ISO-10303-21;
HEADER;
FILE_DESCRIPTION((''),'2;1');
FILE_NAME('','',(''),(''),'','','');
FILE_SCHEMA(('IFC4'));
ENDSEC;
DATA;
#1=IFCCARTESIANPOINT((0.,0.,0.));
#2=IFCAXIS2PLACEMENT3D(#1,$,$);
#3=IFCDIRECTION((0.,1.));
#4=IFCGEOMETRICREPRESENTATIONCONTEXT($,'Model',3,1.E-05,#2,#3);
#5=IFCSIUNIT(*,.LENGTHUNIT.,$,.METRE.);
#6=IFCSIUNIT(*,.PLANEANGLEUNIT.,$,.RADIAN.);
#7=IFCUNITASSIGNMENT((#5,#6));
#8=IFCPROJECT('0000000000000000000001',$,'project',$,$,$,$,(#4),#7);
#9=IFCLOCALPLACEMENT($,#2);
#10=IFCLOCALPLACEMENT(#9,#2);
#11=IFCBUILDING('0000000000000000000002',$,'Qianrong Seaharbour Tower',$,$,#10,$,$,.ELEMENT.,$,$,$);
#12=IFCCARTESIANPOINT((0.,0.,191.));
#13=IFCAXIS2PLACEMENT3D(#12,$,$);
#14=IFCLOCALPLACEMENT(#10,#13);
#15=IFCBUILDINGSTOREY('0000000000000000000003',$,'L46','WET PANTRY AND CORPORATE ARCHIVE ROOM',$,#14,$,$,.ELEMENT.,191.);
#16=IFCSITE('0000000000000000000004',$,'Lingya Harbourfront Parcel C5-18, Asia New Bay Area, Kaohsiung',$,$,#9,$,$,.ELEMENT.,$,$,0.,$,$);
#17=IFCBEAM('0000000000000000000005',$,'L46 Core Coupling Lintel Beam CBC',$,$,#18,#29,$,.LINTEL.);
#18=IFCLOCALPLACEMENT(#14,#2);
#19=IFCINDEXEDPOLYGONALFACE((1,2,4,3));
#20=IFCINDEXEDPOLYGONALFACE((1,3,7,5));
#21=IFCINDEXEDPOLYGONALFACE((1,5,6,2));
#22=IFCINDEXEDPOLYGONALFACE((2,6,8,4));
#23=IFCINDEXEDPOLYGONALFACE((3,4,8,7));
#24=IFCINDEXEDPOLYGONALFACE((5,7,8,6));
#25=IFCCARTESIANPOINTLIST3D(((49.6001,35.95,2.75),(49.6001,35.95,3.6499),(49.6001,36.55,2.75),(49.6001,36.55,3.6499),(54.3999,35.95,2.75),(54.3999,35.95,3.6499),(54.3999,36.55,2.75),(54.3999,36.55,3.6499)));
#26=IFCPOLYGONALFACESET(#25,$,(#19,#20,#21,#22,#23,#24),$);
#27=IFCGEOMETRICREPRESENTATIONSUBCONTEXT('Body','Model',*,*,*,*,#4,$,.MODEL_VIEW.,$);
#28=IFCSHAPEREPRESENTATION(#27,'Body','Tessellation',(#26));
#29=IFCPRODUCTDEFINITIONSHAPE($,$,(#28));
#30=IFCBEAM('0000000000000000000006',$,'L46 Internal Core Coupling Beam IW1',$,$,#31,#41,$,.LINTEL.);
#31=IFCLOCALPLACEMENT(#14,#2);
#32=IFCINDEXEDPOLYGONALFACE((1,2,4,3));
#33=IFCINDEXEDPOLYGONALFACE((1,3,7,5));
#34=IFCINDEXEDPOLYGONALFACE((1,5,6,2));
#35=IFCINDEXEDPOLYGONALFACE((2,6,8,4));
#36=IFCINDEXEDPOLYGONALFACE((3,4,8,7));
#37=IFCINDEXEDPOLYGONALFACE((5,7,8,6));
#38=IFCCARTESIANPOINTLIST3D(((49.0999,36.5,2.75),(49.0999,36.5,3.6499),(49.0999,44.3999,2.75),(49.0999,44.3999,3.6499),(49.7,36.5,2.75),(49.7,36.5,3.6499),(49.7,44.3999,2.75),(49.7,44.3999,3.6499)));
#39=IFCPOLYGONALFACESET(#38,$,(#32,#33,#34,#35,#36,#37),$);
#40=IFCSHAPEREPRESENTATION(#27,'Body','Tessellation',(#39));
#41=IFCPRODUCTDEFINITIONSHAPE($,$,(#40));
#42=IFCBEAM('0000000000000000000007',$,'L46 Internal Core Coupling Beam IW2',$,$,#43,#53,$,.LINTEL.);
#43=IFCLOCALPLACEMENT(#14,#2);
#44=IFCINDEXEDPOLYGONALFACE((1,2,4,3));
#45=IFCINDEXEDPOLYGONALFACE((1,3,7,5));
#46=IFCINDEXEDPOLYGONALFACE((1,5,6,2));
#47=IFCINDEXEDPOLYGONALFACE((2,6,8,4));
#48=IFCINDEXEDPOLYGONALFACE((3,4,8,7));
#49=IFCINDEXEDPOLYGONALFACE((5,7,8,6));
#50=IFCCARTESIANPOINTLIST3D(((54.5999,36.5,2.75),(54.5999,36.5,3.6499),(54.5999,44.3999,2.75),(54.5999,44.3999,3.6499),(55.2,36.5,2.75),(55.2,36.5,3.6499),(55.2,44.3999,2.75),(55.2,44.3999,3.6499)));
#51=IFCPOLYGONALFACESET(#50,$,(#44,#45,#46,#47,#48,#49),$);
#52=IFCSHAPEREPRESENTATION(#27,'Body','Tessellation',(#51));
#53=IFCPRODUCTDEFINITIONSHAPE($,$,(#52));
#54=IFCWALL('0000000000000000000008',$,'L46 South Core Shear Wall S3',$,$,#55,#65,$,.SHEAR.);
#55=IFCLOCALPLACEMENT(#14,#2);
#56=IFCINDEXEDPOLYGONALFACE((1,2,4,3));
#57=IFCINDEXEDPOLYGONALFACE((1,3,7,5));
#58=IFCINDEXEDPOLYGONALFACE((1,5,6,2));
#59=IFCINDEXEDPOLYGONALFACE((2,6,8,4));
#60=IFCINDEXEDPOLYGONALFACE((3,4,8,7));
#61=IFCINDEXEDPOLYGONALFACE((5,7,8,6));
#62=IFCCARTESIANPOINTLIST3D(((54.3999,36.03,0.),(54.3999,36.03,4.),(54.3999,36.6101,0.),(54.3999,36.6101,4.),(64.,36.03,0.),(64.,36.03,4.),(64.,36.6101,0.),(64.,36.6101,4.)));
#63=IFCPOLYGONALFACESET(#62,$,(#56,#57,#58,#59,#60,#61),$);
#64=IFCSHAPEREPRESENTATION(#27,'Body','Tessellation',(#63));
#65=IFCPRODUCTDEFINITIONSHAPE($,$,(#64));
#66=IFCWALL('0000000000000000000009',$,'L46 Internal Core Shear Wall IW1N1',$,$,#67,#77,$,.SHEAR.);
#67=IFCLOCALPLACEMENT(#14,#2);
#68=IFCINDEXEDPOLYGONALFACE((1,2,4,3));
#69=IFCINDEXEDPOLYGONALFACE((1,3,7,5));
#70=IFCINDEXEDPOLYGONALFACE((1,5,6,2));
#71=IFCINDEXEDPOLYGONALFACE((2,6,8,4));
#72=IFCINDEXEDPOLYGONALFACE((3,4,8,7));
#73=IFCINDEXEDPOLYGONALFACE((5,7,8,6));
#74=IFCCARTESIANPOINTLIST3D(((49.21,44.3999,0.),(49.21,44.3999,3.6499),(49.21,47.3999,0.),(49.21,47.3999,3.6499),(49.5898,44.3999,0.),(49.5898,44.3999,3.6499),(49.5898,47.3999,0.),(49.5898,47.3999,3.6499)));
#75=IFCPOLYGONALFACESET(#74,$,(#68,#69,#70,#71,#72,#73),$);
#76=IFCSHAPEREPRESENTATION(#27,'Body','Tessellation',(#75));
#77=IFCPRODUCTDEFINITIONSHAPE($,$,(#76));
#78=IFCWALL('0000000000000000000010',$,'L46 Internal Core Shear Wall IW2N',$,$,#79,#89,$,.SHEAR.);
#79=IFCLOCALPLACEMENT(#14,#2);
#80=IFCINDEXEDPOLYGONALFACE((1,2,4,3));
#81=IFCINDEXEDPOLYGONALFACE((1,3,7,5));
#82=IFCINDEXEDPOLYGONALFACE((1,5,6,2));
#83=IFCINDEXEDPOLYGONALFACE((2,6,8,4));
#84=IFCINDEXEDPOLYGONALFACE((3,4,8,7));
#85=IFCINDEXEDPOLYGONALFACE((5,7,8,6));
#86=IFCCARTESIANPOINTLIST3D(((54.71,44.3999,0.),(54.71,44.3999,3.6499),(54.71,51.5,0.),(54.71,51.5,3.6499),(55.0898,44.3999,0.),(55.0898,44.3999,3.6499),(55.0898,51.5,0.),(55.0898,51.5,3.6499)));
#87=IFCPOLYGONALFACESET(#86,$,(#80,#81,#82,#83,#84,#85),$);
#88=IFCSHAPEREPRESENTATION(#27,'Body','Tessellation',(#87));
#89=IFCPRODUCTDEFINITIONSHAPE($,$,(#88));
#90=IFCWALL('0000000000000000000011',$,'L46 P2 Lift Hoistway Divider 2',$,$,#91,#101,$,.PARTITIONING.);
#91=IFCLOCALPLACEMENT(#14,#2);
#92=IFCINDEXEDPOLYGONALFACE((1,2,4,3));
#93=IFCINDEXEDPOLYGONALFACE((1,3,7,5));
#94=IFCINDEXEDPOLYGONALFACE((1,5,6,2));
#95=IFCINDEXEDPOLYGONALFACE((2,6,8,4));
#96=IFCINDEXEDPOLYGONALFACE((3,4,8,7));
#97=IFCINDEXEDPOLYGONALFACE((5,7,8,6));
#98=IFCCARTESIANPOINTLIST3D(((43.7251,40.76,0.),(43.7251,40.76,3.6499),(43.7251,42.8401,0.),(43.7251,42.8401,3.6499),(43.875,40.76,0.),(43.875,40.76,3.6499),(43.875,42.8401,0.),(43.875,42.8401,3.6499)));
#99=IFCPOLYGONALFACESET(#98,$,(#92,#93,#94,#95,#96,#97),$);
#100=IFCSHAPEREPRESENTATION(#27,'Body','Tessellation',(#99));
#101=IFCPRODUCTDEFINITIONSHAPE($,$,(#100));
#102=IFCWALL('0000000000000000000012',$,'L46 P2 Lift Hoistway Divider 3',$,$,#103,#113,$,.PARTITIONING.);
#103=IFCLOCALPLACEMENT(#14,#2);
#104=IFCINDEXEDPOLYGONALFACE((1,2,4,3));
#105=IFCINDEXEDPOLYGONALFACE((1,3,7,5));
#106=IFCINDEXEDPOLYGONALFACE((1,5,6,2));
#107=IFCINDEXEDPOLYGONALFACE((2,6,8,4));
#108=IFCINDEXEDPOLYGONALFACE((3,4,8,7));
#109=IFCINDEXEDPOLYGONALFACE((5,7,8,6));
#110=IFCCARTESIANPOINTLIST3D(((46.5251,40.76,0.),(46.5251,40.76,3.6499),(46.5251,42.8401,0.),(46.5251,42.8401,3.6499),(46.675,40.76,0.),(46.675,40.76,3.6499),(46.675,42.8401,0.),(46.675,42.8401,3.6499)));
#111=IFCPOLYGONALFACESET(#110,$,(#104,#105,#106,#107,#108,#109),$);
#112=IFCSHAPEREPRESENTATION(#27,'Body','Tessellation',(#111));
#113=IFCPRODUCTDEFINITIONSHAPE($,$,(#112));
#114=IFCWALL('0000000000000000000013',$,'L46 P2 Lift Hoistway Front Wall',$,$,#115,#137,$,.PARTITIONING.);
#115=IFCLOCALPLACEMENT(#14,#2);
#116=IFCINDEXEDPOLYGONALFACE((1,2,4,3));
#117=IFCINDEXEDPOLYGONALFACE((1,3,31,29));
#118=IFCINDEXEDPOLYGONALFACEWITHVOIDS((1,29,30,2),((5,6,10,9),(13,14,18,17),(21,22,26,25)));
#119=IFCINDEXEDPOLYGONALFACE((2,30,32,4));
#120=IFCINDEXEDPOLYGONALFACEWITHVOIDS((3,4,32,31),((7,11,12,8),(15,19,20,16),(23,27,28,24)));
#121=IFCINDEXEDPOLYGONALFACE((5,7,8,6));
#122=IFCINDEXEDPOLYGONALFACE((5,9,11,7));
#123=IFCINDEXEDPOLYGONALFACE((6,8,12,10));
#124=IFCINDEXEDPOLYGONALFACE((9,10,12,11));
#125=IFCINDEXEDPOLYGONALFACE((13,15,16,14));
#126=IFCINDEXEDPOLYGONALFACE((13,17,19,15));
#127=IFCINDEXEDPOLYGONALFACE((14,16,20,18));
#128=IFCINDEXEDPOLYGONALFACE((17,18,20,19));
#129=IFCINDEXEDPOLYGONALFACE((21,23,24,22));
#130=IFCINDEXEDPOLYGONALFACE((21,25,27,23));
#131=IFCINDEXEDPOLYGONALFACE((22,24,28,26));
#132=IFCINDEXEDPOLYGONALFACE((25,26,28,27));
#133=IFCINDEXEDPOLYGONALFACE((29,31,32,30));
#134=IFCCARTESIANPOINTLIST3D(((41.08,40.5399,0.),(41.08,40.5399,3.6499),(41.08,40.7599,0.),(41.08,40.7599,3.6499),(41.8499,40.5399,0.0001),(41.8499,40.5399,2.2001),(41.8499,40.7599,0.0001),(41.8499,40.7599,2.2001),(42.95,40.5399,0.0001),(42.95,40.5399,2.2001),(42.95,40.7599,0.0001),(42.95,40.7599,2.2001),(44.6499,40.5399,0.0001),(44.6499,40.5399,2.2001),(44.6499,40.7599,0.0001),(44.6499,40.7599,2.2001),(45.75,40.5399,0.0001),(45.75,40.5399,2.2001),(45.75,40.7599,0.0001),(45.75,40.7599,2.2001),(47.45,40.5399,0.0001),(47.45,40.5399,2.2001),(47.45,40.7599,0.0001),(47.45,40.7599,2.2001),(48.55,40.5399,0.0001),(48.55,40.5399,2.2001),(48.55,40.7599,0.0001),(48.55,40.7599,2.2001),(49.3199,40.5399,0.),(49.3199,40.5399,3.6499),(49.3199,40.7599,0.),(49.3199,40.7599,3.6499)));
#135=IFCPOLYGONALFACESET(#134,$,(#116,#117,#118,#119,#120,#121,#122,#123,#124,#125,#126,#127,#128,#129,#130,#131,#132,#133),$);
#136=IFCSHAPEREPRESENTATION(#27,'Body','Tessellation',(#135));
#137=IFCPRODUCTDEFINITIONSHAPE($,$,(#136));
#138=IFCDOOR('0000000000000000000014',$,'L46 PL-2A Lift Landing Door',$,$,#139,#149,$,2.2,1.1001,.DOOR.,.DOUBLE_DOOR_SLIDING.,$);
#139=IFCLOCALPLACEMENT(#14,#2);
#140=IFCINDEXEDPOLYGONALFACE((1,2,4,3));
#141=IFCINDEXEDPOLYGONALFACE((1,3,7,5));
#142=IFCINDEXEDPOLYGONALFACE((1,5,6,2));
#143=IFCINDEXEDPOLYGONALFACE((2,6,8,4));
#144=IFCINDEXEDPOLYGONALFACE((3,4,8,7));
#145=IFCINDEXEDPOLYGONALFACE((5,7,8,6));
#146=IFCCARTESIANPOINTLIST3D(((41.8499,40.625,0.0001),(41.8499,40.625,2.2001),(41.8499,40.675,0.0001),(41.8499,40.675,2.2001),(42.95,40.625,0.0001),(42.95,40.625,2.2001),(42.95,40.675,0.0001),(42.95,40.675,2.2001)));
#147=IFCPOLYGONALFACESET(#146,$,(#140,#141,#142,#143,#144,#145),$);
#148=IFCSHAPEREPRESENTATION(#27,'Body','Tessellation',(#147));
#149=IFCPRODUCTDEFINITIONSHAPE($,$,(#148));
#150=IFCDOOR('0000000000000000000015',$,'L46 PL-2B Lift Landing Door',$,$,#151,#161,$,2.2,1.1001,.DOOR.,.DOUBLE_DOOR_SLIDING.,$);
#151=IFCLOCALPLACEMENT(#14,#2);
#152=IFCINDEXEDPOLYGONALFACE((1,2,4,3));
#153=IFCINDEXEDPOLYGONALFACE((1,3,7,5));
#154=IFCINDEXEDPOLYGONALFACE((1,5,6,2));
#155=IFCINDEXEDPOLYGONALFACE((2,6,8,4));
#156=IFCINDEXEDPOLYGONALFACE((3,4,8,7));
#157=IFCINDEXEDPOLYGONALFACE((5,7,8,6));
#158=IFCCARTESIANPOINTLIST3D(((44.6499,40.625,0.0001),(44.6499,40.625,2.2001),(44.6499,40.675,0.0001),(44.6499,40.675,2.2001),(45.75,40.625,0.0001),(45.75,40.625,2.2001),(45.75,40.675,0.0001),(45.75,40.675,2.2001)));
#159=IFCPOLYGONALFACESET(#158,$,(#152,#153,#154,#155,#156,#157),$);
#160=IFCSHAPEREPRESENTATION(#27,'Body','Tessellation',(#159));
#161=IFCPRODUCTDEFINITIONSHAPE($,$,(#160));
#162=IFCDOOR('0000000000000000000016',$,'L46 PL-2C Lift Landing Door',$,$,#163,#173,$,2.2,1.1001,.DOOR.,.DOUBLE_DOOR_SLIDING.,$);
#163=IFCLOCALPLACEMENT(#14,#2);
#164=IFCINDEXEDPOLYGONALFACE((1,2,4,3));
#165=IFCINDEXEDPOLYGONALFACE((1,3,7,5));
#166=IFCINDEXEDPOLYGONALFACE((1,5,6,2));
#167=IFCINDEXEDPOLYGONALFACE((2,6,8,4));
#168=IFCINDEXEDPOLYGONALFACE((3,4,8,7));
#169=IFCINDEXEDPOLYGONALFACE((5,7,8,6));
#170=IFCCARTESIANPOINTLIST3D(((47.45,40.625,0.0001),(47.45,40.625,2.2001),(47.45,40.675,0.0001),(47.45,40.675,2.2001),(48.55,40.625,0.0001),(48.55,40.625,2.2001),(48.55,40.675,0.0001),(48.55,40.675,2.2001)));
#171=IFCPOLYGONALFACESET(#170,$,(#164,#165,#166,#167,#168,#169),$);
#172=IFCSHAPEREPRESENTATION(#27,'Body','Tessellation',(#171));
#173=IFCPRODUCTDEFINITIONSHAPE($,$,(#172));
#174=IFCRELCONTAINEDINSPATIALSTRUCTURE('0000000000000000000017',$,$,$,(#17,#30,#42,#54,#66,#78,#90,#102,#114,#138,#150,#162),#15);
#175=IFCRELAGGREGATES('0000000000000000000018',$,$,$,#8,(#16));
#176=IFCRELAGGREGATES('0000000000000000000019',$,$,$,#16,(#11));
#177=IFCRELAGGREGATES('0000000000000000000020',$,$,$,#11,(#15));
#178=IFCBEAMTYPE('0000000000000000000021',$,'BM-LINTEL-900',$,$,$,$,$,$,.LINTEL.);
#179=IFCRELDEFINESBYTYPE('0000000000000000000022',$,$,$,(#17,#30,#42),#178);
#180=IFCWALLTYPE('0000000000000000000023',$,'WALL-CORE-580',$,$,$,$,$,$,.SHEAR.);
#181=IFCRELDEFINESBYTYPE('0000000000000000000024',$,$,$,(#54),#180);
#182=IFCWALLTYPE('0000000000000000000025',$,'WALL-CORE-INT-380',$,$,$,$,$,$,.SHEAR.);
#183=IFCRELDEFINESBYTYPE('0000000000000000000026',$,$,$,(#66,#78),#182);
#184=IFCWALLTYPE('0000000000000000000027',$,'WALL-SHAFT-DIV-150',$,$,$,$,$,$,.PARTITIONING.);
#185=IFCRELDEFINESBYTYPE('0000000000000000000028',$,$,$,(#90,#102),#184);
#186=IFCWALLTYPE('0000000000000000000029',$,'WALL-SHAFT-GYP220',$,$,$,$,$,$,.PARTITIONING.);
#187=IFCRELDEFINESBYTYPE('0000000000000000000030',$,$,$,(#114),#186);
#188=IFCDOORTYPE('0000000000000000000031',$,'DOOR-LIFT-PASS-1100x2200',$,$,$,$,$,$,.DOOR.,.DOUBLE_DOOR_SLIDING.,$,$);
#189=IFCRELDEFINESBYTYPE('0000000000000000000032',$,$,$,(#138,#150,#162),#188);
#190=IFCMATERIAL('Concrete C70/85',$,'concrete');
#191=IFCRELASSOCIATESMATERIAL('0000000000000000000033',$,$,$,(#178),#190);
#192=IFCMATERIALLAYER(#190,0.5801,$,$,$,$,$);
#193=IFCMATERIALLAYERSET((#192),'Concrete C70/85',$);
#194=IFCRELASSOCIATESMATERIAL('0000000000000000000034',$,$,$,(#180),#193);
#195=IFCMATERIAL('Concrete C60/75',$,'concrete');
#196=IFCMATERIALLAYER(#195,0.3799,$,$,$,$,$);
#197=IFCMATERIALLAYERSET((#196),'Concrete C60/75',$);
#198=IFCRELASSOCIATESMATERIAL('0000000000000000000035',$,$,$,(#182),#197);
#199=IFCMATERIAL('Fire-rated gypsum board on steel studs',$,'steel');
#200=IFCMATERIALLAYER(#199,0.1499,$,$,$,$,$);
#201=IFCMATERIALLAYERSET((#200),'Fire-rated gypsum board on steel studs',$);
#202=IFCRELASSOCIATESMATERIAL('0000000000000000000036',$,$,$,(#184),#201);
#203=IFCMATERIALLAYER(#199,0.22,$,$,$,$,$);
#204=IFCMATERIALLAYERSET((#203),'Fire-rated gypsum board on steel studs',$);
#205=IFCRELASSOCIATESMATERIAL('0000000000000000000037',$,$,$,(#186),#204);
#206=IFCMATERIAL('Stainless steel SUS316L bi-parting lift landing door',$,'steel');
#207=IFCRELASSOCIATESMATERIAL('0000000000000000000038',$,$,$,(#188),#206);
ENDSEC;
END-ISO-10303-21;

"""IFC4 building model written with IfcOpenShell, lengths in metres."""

from ifc_helpers import new_model, si_unit, direction, frame, frame_2d, origin, origin_2d, place, context, subcontext, project, spatial, rectangle, extrude, material, layer, layer_set, material_profile, profile_set, type_object, element, fill, save


model = new_model("IFC4")

# Units and contexts
model_context = context("Model", 3, precision=1e-05, world=origin(), true_north=direction((0.0, 1.0)))
body_context = subcontext(model_context, "Body", "Model", "MODEL_VIEW")
ifc_project = project(units=[si_unit("LENGTHUNIT", "METRE"), si_unit("PLANEANGLEUNIT", "RADIAN")], contexts=[model_context])

# Site, building, storey
site_placement = place(None, origin())
site = spatial("IfcSite", under=ifc_project, at=site_placement, Name="Lingya Harbourfront Parcel C5-18, Asia New Bay Area, Kaohsiung", CompositionType="ELEMENT", RefElevation=0.0)
building_placement = place(site_placement, origin())
building = spatial("IfcBuilding", under=site, at=building_placement, Name="Qianrong Seaharbour Tower", CompositionType="ELEMENT")
storey_placement = place(building_placement, frame((0.0, 0.0, 191.0)))
storey = spatial("IfcBuildingStorey", under=building, at=storey_placement, Name="L46", Description="WET PANTRY AND CORPORATE ARCHIVE ROOM", CompositionType="ELEMENT", Elevation=191.0)

# Beams
ifc_material_1 = material(Name="Concrete C70/85", Category="concrete")
ifc_material_profile = material_profile(ifc_material_1, rectangle(XDim=0.6001, YDim=0.8999, at=origin_2d()), Name="RC600x900")
ifc_profile_set = profile_set([ifc_material_profile], Name="Concrete C70/85")
beam_type = type_object("IfcBeamType", Name="BM-LINTEL-900", PredefinedType="LINTEL", material=ifc_profile_set)
beam_placement = place(storey_placement, frame((49.6001, 36.25, 3.2), z_axis=(1.0, 0.0, 0.0), x_axis=(0.0, 1.0, 0.0)))
element("IfcBeam", 1, at=beam_placement, inside=storey, type_object=beam_type, Name="L46 Core Coupling Lintel Beam CBC", PredefinedType="LINTEL", context=body_context, shape_type="SweptSolid", body=[
    extrude(rectangle(XDim=0.6001, YDim=0.8999, at=origin_2d()), origin(), (0.0, 0.0, 1.0), 4.7998),
])
for number, where, z_axis, x_axis, name in (
    (2, (49.3999, 36.5, 3.2), (0.0, 1.0, 0.0), (-1.0, 0.0, 0.0), "L46 Internal Core Coupling Beam IW1"),
    (3, (54.8999, 36.5, 3.2), (0.0, 1.0, 0.0), (-1.0, 0.0, 0.0), "L46 Internal Core Coupling Beam IW2"),
):
    element("IfcBeam", number, at=place(storey_placement, frame(where, z_axis=z_axis, x_axis=x_axis)), inside=storey, type_object=beam_type, Name=name, PredefinedType="LINTEL", context=body_context, shape_type="SweptSolid", body=[
        extrude(rectangle(XDim=0.6001, YDim=0.8999, at=origin_2d()), origin(), (0.0, 0.0, 1.0), 7.8999),
    ])

# Walls
ifc_layer_1 = layer(ifc_material_1, 0.5801)
ifc_layer_set_1 = layer_set([ifc_layer_1], Name="Concrete C70/85")
wall_type_1 = type_object("IfcWallType", Name="WALL-CORE-580", PredefinedType="SHEAR", material=ifc_layer_set_1)
wall_1_placement = place(storey_placement, frame((54.3999, 36.3201, 0.0), z_axis=(0.0, 0.0, 1.0), x_axis=(1.0, 0.0, 0.0)))
element("IfcWall", 4, at=wall_1_placement, inside=storey, type_object=wall_type_1, Name="L46 South Core Shear Wall S3", PredefinedType="SHEAR", context=body_context, shape_type="SweptSolid", body=[
    extrude(rectangle(XDim=9.6001, YDim=0.5801, at=frame_2d((4.8, 0.0))), origin(), (0.0, 0.0, 1.0), 4.0),
])
ifc_material_2 = material(Name="Concrete C60/75", Category="concrete")
ifc_layer_2 = layer(ifc_material_2, 0.3799)
ifc_layer_set_2 = layer_set([ifc_layer_2], Name="Concrete C60/75")
wall_type_2 = type_object("IfcWallType", Name="WALL-CORE-INT-380", PredefinedType="SHEAR", material=ifc_layer_set_2)
wall_2_placement = place(storey_placement, frame((49.3999, 44.3999, 0.0), z_axis=(0.0, 0.0, 1.0), x_axis=(0.0, 1.0, 0.0)))
element("IfcWall", 5, at=wall_2_placement, inside=storey, type_object=wall_type_2, Name="L46 Internal Core Shear Wall IW1N1", PredefinedType="SHEAR", context=body_context, shape_type="SweptSolid", body=[
    extrude(rectangle(XDim=3.0, YDim=0.3799, at=frame_2d((1.5, 0.0))), origin(), (0.0, 0.0, 1.0), 3.6499),
])
wall_3_placement = place(storey_placement, frame((54.8999, 44.3999, 0.0), z_axis=(0.0, 0.0, 1.0), x_axis=(0.0, 1.0, 0.0)))
element("IfcWall", 6, at=wall_3_placement, inside=storey, type_object=wall_type_2, Name="L46 Internal Core Shear Wall IW2N", PredefinedType="SHEAR", context=body_context, shape_type="SweptSolid", body=[
    extrude(rectangle(XDim=7.1001, YDim=0.3799, at=frame_2d((3.55, 0.0))), origin(), (0.0, 0.0, 1.0), 3.6499),
])

# Walls
ifc_material_3 = material(Name="Fire-rated gypsum board on steel studs", Category="steel")
ifc_layer_3 = layer(ifc_material_3, 0.1499)
ifc_layer_set_3 = layer_set([ifc_layer_3], Name="Fire-rated gypsum board on steel studs")
wall_type_3 = type_object("IfcWallType", Name="WALL-SHAFT-DIV-150", PredefinedType="PARTITIONING", material=ifc_layer_set_3)
for number, where, z_axis, x_axis, name in (
    (7, (43.8, 40.76, 0.0), (0.0, 0.0, 1.0), (0.0, 1.0, 0.0), "L46 P2 Lift Hoistway Divider 2"),
    (8, (46.6001, 40.76, 0.0), (0.0, 0.0, 1.0), (0.0, 1.0, 0.0), "L46 P2 Lift Hoistway Divider 3"),
):
    element("IfcWall", number, at=place(storey_placement, frame(where, z_axis=z_axis, x_axis=x_axis)), inside=storey, type_object=wall_type_3, Name=name, PredefinedType="PARTITIONING", context=body_context, shape_type="SweptSolid", body=[
        extrude(rectangle(XDim=2.0801, YDim=0.1499, at=frame_2d((1.04, 0.0))), origin(), (0.0, 0.0, 1.0), 3.6499),
    ])

# Wall, openings, doors
ifc_layer_4 = layer(ifc_material_3, 0.22)
ifc_layer_set_4 = layer_set([ifc_layer_4], Name="Fire-rated gypsum board on steel studs")
wall_type_4 = type_object("IfcWallType", Name="WALL-SHAFT-GYP220", PredefinedType="PARTITIONING", material=ifc_layer_set_4)
wall_4_placement = place(storey_placement, frame((49.3201, 40.6499, 0.0), z_axis=(0.0, 0.0, 1.0), x_axis=(-1.0, 0.0, 0.0)))
wall_4 = element("IfcWall", 9, at=wall_4_placement, inside=storey, type_object=wall_type_4, Name="L46 P2 Lift Hoistway Front Wall", PredefinedType="PARTITIONING", context=body_context, shape_type="SweptSolid", body=[
    extrude(rectangle(XDim=8.24, YDim=0.22, at=frame_2d((4.1201, 0.0))), origin(), (0.0, 0.0, 1.0), 3.6499),
])
opening_1_placement = place(wall_4_placement, frame((6.3701, 0.0, 0.0)))
opening_1 = element("IfcOpeningElement", 10, at=opening_1_placement, cuts=wall_4, PredefinedType="OPENING", context=body_context, shape_type="SweptSolid", body=[
    extrude(rectangle(XDim=1.1001, YDim=2.2, at=frame_2d((0.55, 1.1001))), frame((0.0, 0.1201, 0.0), z_axis=(0.0, -1.0, 0.0), x_axis=(1.0, 0.0, 0.0)), (0.0, 0.0, 1.0), 0.24),
])
opening_2_placement = place(wall_4_placement, frame((3.5701, 0.0, 0.0)))
opening_2 = element("IfcOpeningElement", 11, at=opening_2_placement, cuts=wall_4, PredefinedType="OPENING", context=body_context, shape_type="SweptSolid", body=[
    extrude(rectangle(XDim=1.1001, YDim=2.2, at=frame_2d((0.55, 1.1001))), frame((0.0, 0.1201, 0.0), z_axis=(0.0, -1.0, 0.0), x_axis=(1.0, 0.0, 0.0)), (0.0, 0.0, 1.0), 0.24),
])
opening_3_placement = place(wall_4_placement, frame((0.77, 0.0, 0.0)))
opening_3 = element("IfcOpeningElement", 12, at=opening_3_placement, cuts=wall_4, PredefinedType="OPENING", context=body_context, shape_type="SweptSolid", body=[
    extrude(rectangle(XDim=1.1001, YDim=2.2, at=frame_2d((0.55, 1.1001))), frame((0.0, 0.1201, 0.0), z_axis=(0.0, -1.0, 0.0), x_axis=(1.0, 0.0, 0.0)), (0.0, 0.0, 1.0), 0.24),
])
ifc_material_4 = material(Name="Stainless steel SUS316L bi-parting lift landing door", Category="steel")
door_type_1 = type_object("IfcDoorType", Name="DOOR-LIFT-PASS-1100x2200", OperationType="DOUBLE_DOOR_SLIDING", PredefinedType="DOOR", material=ifc_material_4)
door_1_placement = place(opening_1_placement, origin())
door_1 = element("IfcDoor", 13, at=door_1_placement, inside=storey, type_object=door_type_1, Name="L46 PL-2A Lift Landing Door", OperationType="DOUBLE_DOOR_SLIDING", OverallHeight=2.2, OverallWidth=1.1001, PredefinedType="DOOR", context=body_context, shape_type="SweptSolid", body=[
    extrude(rectangle(XDim=1.1001, YDim=2.2, at=frame_2d((0.55, 1.1001))), frame((0.0, 0.0249, 0.0), z_axis=(0.0, -1.0, 0.0), x_axis=(1.0, 0.0, 0.0)), (0.0, 0.0, 1.0), 0.05),
])
fill(opening_1, door_1)
door_2_placement = place(opening_2_placement, origin())
door_2 = element("IfcDoor", 14, at=door_2_placement, inside=storey, type_object=door_type_1, Name="L46 PL-2B Lift Landing Door", OperationType="DOUBLE_DOOR_SLIDING", OverallHeight=2.2, OverallWidth=1.1001, PredefinedType="DOOR", context=body_context, shape_type="SweptSolid", body=[
    extrude(rectangle(XDim=1.1001, YDim=2.2, at=frame_2d((0.55, 1.1001))), frame((0.0, 0.0249, 0.0), z_axis=(0.0, -1.0, 0.0), x_axis=(1.0, 0.0, 0.0)), (0.0, 0.0, 1.0), 0.05),
])
fill(opening_2, door_2)
door_3_placement = place(opening_3_placement, origin())
door_3 = element("IfcDoor", 15, at=door_3_placement, inside=storey, type_object=door_type_1, Name="L46 PL-2C Lift Landing Door", OperationType="DOUBLE_DOOR_SLIDING", OverallHeight=2.2, OverallWidth=1.1001, PredefinedType="DOOR", context=body_context, shape_type="SweptSolid", body=[
    extrude(rectangle(XDim=1.1001, YDim=2.2, at=frame_2d((0.55, 1.1001))), frame((0.0, 0.0249, 0.0), z_axis=(0.0, -1.0, 0.0), x_axis=(1.0, 0.0, 0.0)), (0.0, 0.0, 1.0), 0.05),
])
fill(opening_3, door_3)

save(model, "model.ifc")
